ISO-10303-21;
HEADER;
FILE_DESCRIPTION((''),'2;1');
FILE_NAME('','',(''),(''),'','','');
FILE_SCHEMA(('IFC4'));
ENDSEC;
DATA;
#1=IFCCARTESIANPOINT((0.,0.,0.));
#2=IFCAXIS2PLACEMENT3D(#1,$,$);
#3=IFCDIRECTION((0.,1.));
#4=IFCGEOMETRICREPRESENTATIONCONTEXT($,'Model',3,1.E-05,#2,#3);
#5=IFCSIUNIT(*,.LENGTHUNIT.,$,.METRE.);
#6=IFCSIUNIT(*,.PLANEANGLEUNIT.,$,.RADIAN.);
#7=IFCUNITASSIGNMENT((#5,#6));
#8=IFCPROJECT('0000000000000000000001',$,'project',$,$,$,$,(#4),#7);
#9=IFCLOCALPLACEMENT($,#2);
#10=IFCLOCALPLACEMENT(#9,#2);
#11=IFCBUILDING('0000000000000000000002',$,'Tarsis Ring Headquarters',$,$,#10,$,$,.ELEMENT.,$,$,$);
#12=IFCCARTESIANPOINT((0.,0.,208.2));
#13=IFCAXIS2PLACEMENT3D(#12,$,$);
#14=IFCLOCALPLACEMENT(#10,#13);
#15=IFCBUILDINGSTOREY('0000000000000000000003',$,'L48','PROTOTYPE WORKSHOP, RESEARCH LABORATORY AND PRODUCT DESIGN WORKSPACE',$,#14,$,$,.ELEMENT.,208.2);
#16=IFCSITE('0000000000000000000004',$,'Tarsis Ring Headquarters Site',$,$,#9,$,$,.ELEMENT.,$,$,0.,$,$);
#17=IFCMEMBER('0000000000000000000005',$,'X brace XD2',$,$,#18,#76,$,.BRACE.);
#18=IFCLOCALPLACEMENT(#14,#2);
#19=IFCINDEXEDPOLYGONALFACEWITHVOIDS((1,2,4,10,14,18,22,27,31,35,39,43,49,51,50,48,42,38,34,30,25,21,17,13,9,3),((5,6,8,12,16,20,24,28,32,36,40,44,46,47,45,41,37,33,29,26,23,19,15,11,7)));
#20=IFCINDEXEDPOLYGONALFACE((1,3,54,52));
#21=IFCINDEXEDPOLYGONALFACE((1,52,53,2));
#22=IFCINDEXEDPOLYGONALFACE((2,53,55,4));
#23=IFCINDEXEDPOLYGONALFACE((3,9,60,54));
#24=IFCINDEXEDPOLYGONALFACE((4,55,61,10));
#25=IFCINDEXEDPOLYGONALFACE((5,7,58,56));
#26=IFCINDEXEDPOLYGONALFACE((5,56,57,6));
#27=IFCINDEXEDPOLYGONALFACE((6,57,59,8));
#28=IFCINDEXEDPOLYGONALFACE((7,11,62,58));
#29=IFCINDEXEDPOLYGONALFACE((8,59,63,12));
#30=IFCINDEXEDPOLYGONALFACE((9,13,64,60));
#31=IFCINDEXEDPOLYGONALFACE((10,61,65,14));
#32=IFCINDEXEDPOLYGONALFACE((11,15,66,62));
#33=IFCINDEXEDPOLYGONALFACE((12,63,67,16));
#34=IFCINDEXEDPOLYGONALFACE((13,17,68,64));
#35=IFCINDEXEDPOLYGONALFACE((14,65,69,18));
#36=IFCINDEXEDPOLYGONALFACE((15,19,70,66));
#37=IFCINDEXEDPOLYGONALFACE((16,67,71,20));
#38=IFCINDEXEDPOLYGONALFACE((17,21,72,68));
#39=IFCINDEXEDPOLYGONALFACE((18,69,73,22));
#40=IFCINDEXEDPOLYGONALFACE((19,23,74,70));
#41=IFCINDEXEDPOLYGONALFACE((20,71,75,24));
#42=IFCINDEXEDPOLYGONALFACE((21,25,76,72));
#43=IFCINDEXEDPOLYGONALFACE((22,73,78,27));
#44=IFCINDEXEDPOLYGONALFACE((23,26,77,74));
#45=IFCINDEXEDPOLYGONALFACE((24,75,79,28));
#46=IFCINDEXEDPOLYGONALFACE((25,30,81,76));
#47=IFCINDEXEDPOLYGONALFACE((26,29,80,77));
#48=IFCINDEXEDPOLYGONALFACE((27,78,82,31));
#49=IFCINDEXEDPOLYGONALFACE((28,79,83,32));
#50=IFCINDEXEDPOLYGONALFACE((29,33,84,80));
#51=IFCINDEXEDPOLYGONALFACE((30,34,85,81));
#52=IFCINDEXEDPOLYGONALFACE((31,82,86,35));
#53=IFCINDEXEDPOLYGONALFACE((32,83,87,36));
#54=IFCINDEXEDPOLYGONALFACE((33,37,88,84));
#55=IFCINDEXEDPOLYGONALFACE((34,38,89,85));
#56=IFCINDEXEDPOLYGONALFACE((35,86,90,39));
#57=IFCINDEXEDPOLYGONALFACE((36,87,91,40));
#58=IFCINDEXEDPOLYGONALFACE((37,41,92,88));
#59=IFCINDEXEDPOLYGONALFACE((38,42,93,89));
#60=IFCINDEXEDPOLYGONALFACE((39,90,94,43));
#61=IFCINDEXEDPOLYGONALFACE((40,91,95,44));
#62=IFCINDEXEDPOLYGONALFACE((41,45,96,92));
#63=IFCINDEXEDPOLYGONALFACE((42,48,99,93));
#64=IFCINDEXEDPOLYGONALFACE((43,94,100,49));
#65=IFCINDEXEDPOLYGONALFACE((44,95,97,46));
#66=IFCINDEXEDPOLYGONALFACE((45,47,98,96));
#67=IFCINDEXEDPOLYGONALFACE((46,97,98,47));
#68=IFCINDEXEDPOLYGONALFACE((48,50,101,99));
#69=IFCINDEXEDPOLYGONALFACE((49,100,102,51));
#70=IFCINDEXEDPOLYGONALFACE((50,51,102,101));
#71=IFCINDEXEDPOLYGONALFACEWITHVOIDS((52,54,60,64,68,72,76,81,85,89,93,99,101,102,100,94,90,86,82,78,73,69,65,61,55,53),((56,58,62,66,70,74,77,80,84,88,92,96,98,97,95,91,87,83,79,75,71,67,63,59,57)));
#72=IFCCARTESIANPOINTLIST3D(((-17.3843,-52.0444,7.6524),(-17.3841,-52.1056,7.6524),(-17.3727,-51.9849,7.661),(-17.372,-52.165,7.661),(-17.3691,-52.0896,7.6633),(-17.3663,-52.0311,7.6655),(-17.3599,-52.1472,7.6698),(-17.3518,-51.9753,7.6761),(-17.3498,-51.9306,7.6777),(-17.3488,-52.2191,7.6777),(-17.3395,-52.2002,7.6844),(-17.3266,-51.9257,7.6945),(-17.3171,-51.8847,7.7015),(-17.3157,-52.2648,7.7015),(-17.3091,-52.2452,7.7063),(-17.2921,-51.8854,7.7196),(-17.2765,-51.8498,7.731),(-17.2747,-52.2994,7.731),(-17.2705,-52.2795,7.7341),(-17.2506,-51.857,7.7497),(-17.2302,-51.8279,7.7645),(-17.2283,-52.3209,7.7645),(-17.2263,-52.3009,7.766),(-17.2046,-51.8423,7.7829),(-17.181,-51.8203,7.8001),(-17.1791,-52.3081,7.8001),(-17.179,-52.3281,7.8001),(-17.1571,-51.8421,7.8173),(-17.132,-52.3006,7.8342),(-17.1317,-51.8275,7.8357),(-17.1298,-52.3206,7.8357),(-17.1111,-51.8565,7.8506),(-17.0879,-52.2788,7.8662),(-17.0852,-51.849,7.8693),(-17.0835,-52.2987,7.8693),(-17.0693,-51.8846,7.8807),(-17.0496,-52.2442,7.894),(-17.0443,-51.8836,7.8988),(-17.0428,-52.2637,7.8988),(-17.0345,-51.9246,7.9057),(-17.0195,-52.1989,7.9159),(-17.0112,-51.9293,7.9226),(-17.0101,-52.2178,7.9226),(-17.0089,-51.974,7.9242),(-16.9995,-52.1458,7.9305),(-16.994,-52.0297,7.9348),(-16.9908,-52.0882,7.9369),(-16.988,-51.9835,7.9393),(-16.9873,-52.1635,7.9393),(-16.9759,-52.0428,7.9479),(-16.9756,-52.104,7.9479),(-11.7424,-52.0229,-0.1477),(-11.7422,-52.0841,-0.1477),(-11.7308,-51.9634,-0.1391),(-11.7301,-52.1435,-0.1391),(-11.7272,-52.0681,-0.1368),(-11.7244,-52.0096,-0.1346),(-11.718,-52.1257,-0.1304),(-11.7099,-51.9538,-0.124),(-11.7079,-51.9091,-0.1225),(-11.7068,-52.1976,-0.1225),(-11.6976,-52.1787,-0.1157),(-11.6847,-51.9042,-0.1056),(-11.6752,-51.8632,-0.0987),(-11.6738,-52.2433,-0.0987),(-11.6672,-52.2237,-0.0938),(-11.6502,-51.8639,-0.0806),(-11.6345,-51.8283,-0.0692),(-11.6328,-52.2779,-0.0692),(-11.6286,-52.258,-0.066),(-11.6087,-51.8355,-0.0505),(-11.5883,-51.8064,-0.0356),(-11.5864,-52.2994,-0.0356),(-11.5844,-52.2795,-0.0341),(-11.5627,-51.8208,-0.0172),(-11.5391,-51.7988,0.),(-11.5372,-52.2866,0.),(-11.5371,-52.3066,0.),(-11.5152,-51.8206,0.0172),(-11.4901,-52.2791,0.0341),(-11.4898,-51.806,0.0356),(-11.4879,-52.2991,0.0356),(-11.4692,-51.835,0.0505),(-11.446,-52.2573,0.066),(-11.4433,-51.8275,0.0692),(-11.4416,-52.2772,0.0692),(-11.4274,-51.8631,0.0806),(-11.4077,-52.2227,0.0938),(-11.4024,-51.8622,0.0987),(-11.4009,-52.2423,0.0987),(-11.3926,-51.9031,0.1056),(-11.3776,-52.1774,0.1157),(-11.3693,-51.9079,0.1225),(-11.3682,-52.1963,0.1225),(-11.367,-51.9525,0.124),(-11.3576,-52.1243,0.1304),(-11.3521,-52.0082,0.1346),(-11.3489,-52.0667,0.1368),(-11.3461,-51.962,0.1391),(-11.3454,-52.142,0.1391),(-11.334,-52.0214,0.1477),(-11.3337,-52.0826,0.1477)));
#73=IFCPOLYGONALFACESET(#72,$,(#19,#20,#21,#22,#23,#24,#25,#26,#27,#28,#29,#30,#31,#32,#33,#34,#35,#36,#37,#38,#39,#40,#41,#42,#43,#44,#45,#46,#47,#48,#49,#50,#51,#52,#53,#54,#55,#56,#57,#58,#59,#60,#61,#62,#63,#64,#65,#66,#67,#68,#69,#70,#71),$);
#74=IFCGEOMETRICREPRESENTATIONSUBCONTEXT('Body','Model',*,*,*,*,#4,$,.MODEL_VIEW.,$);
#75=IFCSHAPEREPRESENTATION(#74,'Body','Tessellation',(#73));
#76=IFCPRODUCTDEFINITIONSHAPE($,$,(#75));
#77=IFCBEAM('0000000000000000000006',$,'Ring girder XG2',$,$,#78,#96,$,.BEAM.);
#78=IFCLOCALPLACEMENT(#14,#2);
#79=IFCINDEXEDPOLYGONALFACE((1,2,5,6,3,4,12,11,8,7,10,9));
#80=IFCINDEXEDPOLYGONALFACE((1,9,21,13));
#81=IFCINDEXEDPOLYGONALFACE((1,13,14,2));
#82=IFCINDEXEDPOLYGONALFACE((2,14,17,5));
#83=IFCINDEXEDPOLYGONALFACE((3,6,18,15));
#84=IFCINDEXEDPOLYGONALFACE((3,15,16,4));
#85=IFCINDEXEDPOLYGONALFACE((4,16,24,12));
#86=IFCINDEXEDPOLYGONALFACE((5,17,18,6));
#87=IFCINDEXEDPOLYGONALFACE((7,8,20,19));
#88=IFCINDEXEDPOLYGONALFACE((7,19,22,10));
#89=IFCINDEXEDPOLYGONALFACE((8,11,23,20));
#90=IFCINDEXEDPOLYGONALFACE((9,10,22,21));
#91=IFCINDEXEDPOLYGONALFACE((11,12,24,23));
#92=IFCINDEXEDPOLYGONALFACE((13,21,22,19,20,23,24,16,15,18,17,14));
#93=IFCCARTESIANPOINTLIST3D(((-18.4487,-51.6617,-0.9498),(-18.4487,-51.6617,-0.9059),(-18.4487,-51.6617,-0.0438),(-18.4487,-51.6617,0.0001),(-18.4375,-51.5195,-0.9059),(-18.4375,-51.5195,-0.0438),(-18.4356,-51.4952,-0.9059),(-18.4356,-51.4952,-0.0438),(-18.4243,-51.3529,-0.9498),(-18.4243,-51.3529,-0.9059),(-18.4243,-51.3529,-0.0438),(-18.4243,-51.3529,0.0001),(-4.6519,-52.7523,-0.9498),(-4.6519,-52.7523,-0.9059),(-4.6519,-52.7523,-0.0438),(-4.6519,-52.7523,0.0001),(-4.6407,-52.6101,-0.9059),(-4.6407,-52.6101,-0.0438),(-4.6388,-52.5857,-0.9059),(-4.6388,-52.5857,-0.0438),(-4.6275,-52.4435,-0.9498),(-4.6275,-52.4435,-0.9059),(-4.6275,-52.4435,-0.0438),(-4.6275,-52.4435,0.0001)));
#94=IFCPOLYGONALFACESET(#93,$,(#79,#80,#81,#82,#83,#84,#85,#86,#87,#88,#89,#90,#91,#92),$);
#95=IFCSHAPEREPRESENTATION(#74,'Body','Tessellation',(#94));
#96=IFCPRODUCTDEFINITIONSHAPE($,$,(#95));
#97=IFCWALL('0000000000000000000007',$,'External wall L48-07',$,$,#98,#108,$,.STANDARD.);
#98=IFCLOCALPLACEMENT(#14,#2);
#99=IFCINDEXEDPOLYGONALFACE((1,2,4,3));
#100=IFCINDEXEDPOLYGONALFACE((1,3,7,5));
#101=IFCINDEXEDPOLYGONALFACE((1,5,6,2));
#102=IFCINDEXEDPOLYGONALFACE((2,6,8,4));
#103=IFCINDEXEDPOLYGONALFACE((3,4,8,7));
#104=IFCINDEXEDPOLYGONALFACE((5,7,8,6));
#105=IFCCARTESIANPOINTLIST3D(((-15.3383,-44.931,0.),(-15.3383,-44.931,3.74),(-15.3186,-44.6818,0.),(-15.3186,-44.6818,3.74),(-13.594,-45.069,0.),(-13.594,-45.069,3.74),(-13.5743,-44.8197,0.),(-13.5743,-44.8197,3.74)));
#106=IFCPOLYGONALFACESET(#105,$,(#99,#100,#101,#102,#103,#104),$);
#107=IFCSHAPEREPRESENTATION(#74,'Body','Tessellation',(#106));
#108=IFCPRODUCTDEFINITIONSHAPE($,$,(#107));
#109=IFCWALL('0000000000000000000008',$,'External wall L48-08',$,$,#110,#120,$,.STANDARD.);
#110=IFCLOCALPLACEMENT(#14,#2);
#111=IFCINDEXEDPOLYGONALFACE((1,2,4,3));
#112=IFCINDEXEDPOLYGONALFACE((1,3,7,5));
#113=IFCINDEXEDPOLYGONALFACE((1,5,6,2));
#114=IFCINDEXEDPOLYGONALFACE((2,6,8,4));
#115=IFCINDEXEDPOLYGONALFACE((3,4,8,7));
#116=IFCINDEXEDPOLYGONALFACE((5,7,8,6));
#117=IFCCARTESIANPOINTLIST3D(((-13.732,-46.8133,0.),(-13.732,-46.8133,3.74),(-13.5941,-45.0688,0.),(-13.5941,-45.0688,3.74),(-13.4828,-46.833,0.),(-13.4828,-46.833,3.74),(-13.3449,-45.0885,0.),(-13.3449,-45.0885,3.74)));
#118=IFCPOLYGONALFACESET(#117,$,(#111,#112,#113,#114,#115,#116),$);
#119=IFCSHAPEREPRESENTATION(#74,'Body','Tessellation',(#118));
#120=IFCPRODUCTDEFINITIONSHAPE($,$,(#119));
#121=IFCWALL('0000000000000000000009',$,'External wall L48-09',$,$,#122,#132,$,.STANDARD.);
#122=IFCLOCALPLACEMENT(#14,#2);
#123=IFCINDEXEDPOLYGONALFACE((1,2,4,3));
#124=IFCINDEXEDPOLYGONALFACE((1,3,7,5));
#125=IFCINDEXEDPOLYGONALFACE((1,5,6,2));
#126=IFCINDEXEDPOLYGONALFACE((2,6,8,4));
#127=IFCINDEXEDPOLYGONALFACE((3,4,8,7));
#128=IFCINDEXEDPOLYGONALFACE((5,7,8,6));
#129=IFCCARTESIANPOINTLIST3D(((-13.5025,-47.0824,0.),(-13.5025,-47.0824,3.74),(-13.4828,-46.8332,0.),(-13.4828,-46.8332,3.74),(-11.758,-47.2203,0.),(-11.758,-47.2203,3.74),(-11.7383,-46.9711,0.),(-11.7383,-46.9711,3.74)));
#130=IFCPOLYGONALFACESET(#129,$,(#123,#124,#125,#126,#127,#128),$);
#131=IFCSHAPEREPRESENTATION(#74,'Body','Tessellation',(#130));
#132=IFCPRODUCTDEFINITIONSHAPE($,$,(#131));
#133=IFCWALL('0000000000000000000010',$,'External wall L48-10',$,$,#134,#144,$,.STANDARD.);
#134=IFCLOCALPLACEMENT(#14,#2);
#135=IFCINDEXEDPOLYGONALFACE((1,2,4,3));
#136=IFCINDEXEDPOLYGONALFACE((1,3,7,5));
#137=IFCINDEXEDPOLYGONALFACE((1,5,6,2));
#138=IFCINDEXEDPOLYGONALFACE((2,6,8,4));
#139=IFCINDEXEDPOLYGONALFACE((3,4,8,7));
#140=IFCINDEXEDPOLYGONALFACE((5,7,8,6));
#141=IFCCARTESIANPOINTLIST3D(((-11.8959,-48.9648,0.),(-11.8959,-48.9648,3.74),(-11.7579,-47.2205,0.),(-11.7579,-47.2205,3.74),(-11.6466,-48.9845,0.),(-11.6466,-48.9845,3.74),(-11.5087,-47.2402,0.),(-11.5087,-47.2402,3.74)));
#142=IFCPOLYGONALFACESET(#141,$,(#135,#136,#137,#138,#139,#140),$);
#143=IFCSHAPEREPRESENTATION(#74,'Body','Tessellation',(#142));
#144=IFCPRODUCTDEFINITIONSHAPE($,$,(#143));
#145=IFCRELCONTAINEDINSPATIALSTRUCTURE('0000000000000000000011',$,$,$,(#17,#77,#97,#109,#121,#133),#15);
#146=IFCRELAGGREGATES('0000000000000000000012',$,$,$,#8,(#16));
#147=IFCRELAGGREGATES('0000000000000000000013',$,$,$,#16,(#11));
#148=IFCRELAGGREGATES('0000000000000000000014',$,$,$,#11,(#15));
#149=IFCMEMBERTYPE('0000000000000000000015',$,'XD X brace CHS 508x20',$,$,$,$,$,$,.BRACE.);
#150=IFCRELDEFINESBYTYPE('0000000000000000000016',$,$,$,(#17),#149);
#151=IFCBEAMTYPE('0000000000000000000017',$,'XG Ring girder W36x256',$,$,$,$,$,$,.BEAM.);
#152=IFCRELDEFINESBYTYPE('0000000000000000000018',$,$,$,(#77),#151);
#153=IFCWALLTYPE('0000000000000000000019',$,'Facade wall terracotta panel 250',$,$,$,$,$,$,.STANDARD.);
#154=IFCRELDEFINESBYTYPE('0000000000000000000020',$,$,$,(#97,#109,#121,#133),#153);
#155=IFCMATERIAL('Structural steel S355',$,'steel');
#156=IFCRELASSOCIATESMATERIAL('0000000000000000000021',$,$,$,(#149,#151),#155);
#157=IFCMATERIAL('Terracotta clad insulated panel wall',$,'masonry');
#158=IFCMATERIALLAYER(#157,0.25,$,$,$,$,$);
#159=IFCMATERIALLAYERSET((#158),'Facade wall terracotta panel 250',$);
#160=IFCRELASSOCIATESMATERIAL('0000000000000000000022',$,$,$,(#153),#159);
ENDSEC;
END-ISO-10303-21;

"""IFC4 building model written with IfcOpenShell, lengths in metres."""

from ifc_helpers import new_model, si_unit, direction, frame, frame_2d, origin, origin_2d, place, context, subcontext, project, spatial, rectangle, hollow_circle, i_section, extrude, material, layer, layer_set, material_profile, profile_set, type_object, element, save


model = new_model("IFC4")

# Units and contexts
model_context = context("Model", 3, precision=1e-05, world=origin(), true_north=direction((0.0, 1.0)))
body_context = subcontext(model_context, "Body", "Model", "MODEL_VIEW")
ifc_project = project(units=[si_unit("LENGTHUNIT", "METRE"), si_unit("PLANEANGLEUNIT", "RADIAN")], contexts=[model_context])

# Site, building, storey
site_placement = place(None, origin())
site = spatial("IfcSite", under=ifc_project, at=site_placement, Name="Tarsis Ring Headquarters Site", CompositionType="ELEMENT", RefElevation=0.0)
building_placement = place(site_placement, origin())
building = spatial("IfcBuilding", under=site, at=building_placement, Name="Tarsis Ring Headquarters", CompositionType="ELEMENT")
storey_placement = place(building_placement, frame((0.0, 0.0, 208.2)))
storey = spatial("IfcBuildingStorey", under=building, at=storey_placement, Name="L48", Description="PROTOTYPE WORKSHOP, RESEARCH LABORATORY AND PRODUCT DESIGN WORKSPACE", CompositionType="ELEMENT", Elevation=208.2)

# Shared definitions
ifc_material_1 = material(Name="Structural steel S355", Category="steel")

# Shared definitions
ifc_material_profile_1 = material_profile(ifc_material_1, i_section(OverallWidth=0.3098, OverallDepth=0.95, WebThickness=0.0244, FlangeThickness=0.0439, at=origin_2d()), Name="W36x256")
ifc_profile_set_1 = profile_set([ifc_material_profile_1], Name="Structural steel S355")

# Member
ifc_material_profile_2 = material_profile(ifc_material_1, hollow_circle(Radius=0.2539, WallThickness=0.02, at=origin_2d()), Name="CHS 508x20")
ifc_profile_set_2 = profile_set([ifc_material_profile_2], Name="Structural steel S355")
member_type = type_object("IfcMemberType", Name="XD X brace CHS 508x20", PredefinedType="BRACE", material=ifc_profile_set_2)
member_1_placement = place(storey_placement, frame((-11.5381, -52.0527, 0.0), z_axis=(-0.586068, -0.002232, 0.810259), x_axis=(0.003808, -0.999993, 0.0)))
element("IfcMember", 1, at=member_1_placement, inside=storey, type_object=member_type, Name="X brace XD2", PredefinedType="BRACE", context=body_context, shape_type="SweptSolid", body=[
    extrude(hollow_circle(Radius=0.2539, WallThickness=0.02, at=origin_2d()), origin(), (0.0, 0.0, 1.0), 9.6267),
])

# Beam
beam_type_1 = type_object("IfcBeamType", Name="XG Ring girder W36x256", PredefinedType="BEAM", material=ifc_profile_set_1)
beam_placement = place(storey_placement, frame((-18.4365, -51.5073, -0.4749), z_axis=(0.99689, -0.078799, 0.0), x_axis=(0.078799, 0.99689, 0.0)))
element("IfcBeam", 2, at=beam_placement, inside=storey, type_object=beam_type_1, Name="Ring girder XG2", PredefinedType="BEAM", context=body_context, shape_type="SweptSolid", body=[
    extrude(i_section(OverallWidth=0.3098, OverallDepth=0.95, WebThickness=0.0244, FlangeThickness=0.0439, at=origin_2d()), origin(), (0.0, 0.0, 1.0), 13.8398),
])

# Walls
ifc_material_2 = material(Name="Terracotta clad insulated panel wall", Category="masonry")
ifc_layer = layer(ifc_material_2, 0.25)
ifc_layer_set = layer_set([ifc_layer], Name="Facade wall terracotta panel 250")
wall_type = type_object("IfcWallType", Name="Facade wall terracotta panel 250", PredefinedType="STANDARD", material=ifc_layer_set)
wall_1_placement = place(storey_placement, frame((-15.3286, -44.8064, 0.0), z_axis=(0.0, 0.0, 1.0), x_axis=(0.996888, -0.07883, 0.0)))
element("IfcWall", 3, at=wall_1_placement, inside=storey, type_object=wall_type, Name="External wall L48-07", PredefinedType="STANDARD", context=body_context, shape_type="SweptSolid", body=[
    extrude(rectangle(XDim=1.7498, YDim=0.25, at=frame_2d((0.875, 0.0))), origin(), (0.0, 0.0, 1.0), 3.74),
])
for number, where, z_axis, x_axis, name in (
    (4, (-13.4695, -45.0786, 0.0), (0.0, 0.0, 1.0), (-0.078819, -0.996889, 0.0), "External wall L48-08"),
    (5, (-13.4927, -46.9578, 0.0), (0.0, 0.0, 1.0), (0.996889, -0.078819, 0.0), "External wall L48-09"),
):
    element("IfcWall", number, at=place(storey_placement, frame(where, z_axis=z_axis, x_axis=x_axis)), inside=storey, type_object=wall_type, Name=name, PredefinedType="STANDARD", context=body_context, shape_type="SweptSolid", body=[
        extrude(rectangle(XDim=1.75, YDim=0.25, at=frame_2d((0.875, 0.0))), origin(), (0.0, 0.0, 1.0), 3.74),
    ])
wall_2_placement = place(storey_placement, frame((-11.6333, -47.2302, 0.0), z_axis=(0.0, 0.0, 1.0), x_axis=(-0.07883, -0.996888, 0.0)))
element("IfcWall", 6, at=wall_2_placement, inside=storey, type_object=wall_type, Name="External wall L48-10", PredefinedType="STANDARD", context=body_context, shape_type="SweptSolid", body=[
    extrude(rectangle(XDim=1.7498, YDim=0.25, at=frame_2d((0.875, 0.0))), origin(), (0.0, 0.0, 1.0), 3.74),
])

save(model, "model.ifc")
